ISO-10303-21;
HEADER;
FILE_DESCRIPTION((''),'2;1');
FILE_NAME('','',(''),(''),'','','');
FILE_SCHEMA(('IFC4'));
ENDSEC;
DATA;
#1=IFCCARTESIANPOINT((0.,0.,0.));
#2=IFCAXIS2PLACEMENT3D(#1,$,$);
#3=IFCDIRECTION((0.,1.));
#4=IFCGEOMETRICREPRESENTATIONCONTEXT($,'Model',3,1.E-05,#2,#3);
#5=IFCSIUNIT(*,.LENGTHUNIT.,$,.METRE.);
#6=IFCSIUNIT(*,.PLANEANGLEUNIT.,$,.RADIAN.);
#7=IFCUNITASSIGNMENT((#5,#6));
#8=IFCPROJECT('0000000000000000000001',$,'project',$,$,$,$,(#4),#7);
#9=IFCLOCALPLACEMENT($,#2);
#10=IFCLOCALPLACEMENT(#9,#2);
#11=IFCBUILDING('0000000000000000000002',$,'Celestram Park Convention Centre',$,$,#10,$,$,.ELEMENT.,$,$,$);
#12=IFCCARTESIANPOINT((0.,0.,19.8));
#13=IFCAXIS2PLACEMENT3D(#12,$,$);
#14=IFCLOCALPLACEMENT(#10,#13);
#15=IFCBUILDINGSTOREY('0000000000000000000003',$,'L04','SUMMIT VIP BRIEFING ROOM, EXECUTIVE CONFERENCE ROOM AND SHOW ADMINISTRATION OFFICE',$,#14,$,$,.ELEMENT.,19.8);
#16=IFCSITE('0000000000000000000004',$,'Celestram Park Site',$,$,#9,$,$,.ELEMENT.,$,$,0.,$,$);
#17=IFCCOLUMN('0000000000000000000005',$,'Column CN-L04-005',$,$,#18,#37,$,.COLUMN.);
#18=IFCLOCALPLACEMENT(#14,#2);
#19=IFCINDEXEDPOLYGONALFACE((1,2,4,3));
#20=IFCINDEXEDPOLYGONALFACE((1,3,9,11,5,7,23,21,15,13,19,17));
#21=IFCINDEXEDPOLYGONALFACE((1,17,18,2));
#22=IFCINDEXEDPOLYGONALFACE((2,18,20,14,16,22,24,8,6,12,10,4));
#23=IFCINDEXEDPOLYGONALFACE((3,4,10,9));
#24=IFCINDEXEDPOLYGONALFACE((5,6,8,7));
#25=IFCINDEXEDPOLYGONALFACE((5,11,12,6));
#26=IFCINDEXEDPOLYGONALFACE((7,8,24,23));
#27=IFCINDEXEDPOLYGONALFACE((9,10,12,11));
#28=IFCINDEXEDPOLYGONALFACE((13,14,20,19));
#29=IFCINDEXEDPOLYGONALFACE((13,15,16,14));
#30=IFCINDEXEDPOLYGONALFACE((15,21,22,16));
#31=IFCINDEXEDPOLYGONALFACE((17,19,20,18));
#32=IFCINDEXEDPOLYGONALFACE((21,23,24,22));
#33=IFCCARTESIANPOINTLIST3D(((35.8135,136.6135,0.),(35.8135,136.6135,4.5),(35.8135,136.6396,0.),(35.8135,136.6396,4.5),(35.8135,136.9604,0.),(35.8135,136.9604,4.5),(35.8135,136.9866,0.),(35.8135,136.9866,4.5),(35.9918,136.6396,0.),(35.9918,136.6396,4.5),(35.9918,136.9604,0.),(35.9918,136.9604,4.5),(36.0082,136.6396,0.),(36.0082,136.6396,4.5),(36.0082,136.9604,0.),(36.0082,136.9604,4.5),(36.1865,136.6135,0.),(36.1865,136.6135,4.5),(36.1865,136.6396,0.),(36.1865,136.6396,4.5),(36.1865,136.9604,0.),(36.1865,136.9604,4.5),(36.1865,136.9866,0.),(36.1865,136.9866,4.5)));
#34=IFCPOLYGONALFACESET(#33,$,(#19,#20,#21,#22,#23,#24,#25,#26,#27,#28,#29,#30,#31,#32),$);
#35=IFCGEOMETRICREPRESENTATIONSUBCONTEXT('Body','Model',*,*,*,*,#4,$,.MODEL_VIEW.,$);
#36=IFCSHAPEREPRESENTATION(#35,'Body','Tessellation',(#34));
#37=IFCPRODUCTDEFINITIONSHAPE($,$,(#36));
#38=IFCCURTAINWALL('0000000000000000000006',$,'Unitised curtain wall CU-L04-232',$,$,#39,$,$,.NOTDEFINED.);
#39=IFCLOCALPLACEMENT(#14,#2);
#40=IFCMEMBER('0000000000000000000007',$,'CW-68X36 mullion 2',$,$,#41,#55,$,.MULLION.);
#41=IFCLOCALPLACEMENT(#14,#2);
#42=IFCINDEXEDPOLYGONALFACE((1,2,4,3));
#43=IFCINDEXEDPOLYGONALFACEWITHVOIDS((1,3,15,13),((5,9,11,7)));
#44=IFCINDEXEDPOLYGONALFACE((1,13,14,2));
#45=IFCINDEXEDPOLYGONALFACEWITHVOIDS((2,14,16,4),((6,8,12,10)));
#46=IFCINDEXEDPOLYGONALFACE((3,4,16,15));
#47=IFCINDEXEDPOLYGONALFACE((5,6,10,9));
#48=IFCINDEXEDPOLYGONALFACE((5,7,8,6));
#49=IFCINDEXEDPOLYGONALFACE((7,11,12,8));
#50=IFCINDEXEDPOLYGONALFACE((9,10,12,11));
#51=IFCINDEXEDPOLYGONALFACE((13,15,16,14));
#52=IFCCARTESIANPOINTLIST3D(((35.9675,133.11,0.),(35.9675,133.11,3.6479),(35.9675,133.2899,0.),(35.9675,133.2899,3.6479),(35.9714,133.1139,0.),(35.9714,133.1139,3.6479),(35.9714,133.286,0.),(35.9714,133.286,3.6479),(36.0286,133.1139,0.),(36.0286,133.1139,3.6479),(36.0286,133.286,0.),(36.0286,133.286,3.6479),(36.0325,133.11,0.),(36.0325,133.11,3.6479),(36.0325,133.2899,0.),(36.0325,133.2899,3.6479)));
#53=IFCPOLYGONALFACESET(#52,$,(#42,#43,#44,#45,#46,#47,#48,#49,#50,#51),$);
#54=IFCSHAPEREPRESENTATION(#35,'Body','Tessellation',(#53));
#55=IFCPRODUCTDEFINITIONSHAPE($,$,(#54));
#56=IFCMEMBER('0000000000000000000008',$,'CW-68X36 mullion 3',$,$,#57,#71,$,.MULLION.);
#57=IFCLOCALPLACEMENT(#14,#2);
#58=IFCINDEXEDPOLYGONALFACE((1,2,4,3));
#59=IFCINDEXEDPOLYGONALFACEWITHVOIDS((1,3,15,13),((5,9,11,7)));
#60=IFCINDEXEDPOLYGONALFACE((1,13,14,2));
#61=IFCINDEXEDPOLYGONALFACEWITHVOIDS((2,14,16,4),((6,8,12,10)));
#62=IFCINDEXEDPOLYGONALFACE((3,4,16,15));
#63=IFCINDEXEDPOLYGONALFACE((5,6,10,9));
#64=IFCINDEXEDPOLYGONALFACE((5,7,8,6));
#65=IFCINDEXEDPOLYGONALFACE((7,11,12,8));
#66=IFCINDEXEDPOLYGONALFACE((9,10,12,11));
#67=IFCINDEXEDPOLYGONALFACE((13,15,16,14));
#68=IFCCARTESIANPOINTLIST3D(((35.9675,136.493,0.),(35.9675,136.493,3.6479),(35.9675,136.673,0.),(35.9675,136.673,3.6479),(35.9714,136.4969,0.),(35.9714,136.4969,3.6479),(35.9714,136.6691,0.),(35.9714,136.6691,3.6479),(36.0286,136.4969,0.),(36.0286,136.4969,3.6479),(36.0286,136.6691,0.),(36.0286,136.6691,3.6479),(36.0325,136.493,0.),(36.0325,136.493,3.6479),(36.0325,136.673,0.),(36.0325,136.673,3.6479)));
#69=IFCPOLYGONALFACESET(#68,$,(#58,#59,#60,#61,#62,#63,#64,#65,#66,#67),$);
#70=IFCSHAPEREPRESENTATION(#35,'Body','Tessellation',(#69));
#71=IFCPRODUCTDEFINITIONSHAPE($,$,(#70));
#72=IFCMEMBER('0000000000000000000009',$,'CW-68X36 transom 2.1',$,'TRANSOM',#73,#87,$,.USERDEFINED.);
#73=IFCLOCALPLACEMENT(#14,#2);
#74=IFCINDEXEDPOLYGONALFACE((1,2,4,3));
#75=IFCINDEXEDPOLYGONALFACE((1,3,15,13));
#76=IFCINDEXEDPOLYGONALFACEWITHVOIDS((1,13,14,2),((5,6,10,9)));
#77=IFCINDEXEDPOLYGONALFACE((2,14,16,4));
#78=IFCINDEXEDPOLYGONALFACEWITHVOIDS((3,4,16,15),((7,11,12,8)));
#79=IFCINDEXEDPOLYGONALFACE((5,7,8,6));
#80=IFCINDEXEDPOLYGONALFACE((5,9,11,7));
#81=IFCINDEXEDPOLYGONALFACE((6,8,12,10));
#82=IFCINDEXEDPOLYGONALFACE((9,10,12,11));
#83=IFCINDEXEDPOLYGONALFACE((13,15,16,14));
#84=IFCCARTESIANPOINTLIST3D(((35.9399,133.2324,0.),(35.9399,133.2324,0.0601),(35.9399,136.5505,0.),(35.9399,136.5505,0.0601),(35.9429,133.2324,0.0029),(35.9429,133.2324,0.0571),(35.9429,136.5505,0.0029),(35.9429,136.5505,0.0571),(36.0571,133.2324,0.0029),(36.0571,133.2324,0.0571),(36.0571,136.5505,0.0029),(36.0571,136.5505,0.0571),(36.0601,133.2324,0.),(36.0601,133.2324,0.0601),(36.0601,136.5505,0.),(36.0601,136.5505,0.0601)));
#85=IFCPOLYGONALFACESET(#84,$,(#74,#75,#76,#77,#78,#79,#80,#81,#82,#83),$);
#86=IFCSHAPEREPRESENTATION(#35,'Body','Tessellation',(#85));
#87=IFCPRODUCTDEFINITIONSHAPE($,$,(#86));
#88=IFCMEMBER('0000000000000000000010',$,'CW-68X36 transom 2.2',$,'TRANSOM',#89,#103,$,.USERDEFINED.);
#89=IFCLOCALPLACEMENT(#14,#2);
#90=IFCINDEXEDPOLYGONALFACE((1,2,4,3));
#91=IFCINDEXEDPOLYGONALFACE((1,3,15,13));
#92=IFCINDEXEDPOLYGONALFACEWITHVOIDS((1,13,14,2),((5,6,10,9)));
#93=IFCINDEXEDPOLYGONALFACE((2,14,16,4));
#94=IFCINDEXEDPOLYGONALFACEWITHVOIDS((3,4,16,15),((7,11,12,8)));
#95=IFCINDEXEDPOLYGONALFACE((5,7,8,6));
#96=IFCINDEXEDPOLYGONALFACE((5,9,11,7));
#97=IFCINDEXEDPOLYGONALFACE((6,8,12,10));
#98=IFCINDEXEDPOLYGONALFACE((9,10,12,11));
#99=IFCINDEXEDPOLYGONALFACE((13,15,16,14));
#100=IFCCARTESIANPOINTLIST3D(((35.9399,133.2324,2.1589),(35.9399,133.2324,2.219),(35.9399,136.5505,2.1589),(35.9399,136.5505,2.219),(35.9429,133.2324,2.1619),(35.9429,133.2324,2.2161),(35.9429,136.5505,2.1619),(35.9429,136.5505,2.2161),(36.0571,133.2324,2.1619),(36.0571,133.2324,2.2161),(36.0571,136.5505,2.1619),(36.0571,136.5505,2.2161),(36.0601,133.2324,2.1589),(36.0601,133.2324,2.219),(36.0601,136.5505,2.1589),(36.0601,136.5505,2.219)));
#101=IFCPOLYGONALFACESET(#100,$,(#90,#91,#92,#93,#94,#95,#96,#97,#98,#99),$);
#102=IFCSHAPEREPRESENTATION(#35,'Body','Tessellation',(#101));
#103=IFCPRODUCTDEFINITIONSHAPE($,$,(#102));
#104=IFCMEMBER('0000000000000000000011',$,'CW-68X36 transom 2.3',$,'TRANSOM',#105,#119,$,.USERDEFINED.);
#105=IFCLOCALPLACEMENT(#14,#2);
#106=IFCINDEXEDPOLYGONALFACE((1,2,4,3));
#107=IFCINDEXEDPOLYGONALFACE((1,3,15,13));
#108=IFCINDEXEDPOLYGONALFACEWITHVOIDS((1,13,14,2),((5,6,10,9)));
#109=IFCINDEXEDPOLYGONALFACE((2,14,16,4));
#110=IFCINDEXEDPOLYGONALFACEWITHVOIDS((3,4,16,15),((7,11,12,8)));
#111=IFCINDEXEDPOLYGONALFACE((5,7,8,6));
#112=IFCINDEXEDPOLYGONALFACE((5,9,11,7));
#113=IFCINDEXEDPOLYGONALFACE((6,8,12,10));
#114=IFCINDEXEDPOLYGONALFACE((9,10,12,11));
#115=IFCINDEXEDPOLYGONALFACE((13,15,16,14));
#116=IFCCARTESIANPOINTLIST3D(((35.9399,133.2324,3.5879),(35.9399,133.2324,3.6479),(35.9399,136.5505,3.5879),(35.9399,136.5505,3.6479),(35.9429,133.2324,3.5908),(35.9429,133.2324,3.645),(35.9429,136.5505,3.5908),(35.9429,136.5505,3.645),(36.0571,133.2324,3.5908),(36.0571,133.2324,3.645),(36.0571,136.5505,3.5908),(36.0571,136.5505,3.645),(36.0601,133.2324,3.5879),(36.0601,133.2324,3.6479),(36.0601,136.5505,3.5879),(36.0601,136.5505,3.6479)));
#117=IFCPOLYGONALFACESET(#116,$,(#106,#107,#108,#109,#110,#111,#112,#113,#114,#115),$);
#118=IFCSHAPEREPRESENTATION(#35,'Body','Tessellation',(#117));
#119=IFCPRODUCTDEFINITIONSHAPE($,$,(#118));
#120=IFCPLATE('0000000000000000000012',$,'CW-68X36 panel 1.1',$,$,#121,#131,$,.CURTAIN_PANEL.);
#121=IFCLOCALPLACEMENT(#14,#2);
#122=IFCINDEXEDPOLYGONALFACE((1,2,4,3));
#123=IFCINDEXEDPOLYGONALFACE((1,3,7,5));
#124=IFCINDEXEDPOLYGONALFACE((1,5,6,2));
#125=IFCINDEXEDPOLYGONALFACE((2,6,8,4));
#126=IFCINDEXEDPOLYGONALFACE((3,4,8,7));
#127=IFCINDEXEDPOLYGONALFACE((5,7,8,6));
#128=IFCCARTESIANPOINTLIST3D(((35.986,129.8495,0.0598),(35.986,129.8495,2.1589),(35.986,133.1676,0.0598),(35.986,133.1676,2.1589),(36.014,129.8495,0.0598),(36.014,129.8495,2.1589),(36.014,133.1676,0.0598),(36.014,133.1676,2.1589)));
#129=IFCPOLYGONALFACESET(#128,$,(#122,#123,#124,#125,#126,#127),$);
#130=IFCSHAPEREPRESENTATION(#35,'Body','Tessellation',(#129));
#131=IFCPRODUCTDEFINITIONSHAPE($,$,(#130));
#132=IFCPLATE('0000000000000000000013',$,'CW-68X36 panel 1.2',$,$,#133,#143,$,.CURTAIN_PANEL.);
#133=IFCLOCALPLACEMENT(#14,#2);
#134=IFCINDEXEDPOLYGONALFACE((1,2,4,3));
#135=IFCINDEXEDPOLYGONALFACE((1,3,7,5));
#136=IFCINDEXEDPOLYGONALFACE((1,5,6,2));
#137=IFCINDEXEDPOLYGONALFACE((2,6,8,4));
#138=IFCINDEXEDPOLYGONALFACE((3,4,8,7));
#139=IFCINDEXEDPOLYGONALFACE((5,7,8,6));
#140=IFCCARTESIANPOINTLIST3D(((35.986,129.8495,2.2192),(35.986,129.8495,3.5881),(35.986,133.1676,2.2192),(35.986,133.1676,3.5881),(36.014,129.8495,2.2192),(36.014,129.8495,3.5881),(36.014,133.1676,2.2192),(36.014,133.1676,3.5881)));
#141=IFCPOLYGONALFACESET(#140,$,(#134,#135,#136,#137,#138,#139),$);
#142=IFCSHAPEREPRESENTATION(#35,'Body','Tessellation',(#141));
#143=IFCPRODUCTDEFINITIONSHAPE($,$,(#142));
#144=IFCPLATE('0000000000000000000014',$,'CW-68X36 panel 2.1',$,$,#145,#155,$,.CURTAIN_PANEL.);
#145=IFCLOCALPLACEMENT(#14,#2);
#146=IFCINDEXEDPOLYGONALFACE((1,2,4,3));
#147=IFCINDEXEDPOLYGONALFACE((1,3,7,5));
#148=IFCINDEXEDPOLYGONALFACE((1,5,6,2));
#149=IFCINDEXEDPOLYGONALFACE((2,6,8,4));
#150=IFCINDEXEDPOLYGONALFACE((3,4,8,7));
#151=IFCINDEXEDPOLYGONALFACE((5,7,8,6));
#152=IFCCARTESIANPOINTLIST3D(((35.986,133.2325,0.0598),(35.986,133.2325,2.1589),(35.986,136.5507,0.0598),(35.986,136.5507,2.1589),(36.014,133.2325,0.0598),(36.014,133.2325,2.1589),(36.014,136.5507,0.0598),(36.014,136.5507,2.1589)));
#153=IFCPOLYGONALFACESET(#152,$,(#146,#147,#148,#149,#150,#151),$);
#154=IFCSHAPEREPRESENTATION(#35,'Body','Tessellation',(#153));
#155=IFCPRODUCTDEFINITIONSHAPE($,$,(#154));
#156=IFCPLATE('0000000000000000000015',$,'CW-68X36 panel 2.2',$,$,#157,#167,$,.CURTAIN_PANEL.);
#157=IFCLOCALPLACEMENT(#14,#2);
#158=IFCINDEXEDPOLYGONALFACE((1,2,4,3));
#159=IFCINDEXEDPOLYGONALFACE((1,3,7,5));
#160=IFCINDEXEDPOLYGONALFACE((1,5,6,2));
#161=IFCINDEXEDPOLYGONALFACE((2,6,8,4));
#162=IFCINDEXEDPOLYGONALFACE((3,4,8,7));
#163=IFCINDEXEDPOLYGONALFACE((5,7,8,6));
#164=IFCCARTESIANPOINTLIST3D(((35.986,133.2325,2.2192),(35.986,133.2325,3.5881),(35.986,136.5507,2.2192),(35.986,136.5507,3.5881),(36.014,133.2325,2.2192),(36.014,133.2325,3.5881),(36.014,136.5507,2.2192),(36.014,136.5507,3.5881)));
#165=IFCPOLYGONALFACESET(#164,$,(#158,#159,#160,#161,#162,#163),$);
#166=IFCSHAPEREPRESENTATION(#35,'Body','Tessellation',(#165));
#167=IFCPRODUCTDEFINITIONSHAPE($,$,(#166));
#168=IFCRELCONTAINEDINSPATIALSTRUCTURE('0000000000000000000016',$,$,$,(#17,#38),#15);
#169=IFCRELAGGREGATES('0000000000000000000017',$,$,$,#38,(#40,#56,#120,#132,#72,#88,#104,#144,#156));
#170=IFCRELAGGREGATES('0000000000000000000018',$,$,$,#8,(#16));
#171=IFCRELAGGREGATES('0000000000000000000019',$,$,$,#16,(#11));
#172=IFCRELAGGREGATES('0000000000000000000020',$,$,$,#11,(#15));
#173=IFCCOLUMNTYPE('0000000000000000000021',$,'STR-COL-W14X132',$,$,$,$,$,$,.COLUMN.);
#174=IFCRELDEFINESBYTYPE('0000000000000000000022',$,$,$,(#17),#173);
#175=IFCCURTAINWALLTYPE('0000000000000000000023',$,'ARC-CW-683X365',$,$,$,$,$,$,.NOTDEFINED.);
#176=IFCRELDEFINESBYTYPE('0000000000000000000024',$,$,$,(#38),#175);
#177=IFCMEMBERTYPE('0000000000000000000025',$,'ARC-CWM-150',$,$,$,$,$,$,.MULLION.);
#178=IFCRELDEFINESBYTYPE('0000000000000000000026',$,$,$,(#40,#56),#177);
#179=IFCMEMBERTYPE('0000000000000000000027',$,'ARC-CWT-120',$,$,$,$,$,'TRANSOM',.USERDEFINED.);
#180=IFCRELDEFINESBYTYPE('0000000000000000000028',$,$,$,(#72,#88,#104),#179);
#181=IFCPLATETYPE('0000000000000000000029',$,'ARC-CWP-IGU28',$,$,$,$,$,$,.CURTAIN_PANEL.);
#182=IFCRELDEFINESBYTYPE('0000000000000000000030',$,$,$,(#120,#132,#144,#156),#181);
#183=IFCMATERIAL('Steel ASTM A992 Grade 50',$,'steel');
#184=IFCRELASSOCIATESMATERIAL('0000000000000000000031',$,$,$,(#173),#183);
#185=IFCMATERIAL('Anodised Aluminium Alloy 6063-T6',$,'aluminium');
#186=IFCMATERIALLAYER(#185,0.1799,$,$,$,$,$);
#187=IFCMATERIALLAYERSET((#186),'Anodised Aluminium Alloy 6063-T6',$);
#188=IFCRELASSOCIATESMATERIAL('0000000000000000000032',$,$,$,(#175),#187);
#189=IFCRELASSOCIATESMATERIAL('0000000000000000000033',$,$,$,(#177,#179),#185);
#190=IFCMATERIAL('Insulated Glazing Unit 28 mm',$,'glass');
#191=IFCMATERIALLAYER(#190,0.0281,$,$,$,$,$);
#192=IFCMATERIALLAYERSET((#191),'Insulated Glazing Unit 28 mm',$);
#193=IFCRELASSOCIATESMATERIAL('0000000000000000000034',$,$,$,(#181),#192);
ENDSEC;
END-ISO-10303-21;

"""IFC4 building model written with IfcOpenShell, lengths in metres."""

from ifc_helpers import new_model, si_unit, direction, frame, origin, origin_2d, place, context, subcontext, project, spatial, rectangle, hollow_rectangle, i_section, extrude, material, layer, layer_set, material_profile, profile_set, type_object, element, aggregate, save


model = new_model("IFC4")

# Units and contexts
model_context = context("Model", 3, precision=1e-05, world=origin(), true_north=direction((0.0, 1.0)))
body_context = subcontext(model_context, "Body", "Model", "MODEL_VIEW")
ifc_project = project(units=[si_unit("LENGTHUNIT", "METRE"), si_unit("PLANEANGLEUNIT", "RADIAN")], contexts=[model_context])

# Site, building, storey
site_placement = place(None, origin())
site = spatial("IfcSite", under=ifc_project, at=site_placement, Name="Celestram Park Site", CompositionType="ELEMENT", RefElevation=0.0)
building_placement = place(site_placement, origin())
building = spatial("IfcBuilding", under=site, at=building_placement, Name="Celestram Park Convention Centre", CompositionType="ELEMENT")
storey_placement = place(building_placement, frame((0.0, 0.0, 19.8)))
storey = spatial("IfcBuildingStorey", under=building, at=storey_placement, Name="L04", Description="SUMMIT VIP BRIEFING ROOM, EXECUTIVE CONFERENCE ROOM AND SHOW ADMINISTRATION OFFICE", CompositionType="ELEMENT", Elevation=19.8)

# Column
ifc_material_1 = material(Name="Steel ASTM A992 Grade 50", Category="steel")
ifc_material_profile_1 = material_profile(ifc_material_1, i_section(OverallWidth=0.373, OverallDepth=0.373, WebThickness=0.0164, FlangeThickness=0.0261, at=origin_2d()), Name="W14X132")
ifc_profile_set_1 = profile_set([ifc_material_profile_1], Name="Steel ASTM A992 Grade 50")
column_type = type_object("IfcColumnType", Name="STR-COL-W14X132", PredefinedType="COLUMN", material=ifc_profile_set_1)
column_placement = place(storey_placement, frame((36.0, 136.8, 0.0), z_axis=(0.0, 0.0, 1.0), x_axis=(1.0, 0.0, 0.0)))
element("IfcColumn", 1, at=column_placement, inside=storey, type_object=column_type, Name="Column CN-L04-005", PredefinedType="COLUMN", context=body_context, shape_type="SweptSolid", body=[
    extrude(i_section(OverallWidth=0.373, OverallDepth=0.373, WebThickness=0.0164, FlangeThickness=0.0261, at=origin_2d()), origin(), (0.0, 0.0, 1.0), 4.5),
])

# Curtain wall, members, plates
ifc_material_2 = material(Name="Anodised Aluminium Alloy 6063-T6", Category="aluminium")
ifc_layer_1 = layer(ifc_material_2, 0.1799)
ifc_layer_set_1 = layer_set([ifc_layer_1], Name="Anodised Aluminium Alloy 6063-T6")
curtain_wall_type = type_object("IfcCurtainWallType", Name="ARC-CW-683X365", PredefinedType="NOTDEFINED", material=ifc_layer_set_1)
curtain_wall_placement = place(storey_placement, origin())
curtain_wall = element("IfcCurtainWall", 2, at=curtain_wall_placement, inside=storey, type_object=curtain_wall_type, Name="Unitised curtain wall CU-L04-232", PredefinedType="NOTDEFINED")
ifc_material_profile_2 = material_profile(ifc_material_2, hollow_rectangle(XDim=0.0649, YDim=0.1799, WallThickness=0.0039, at=origin_2d()), Name="ALU65X180X4")
ifc_profile_set_2 = profile_set([ifc_material_profile_2], Name="Anodised Aluminium Alloy 6063-T6")
member_type_1 = type_object("IfcMemberType", Name="ARC-CWM-150", PredefinedType="MULLION", material=ifc_profile_set_2)
member_1_placement = place(storey_placement, frame((36.0, 133.2, 0.0), z_axis=(0.0, 0.0, 1.0), x_axis=(-1.0, 0.0, 0.0)))
member_1 = element("IfcMember", 3, at=member_1_placement, type_object=member_type_1, Name="CW-68X36 mullion 2", PredefinedType="MULLION", context=body_context, shape_type="SweptSolid", body=[
    extrude(hollow_rectangle(XDim=0.0649, YDim=0.1799, WallThickness=0.0039, at=origin_2d()), origin(), (0.0, 0.0, 1.0), 3.6479),
])
member_2_placement = place(storey_placement, frame((36.0, 136.583, 0.0), z_axis=(0.0, 0.0, 1.0), x_axis=(-1.0, 0.0, 0.0)))
member_2 = element("IfcMember", 4, at=member_2_placement, type_object=member_type_1, Name="CW-68X36 mullion 3", PredefinedType="MULLION", context=body_context, shape_type="SweptSolid", body=[
    extrude(hollow_rectangle(XDim=0.0649, YDim=0.1799, WallThickness=0.0039, at=origin_2d()), origin(), (0.0, 0.0, 1.0), 3.6479),
])
ifc_material_profile_3 = material_profile(ifc_material_2, hollow_rectangle(XDim=0.1201, YDim=0.0601, WallThickness=0.0029, at=origin_2d()), Name="ALU120X60X3")
ifc_profile_set_3 = profile_set([ifc_material_profile_3], Name="Anodised Aluminium Alloy 6063-T6")
member_type_2 = type_object("IfcMemberType", Name="ARC-CWT-120", ElementType="TRANSOM", PredefinedType="USERDEFINED", material=ifc_profile_set_3)
member_3_placement = place(storey_placement, frame((36.0, 133.2324, 0.03), z_axis=(0.0, 1.0, 0.0), x_axis=(-1.0, 0.0, 0.0)))
member_3 = element("IfcMember", 5, at=member_3_placement, type_object=member_type_2, Name="CW-68X36 transom 2.1", ObjectType="TRANSOM", PredefinedType="USERDEFINED", context=body_context, shape_type="SweptSolid", body=[
    extrude(hollow_rectangle(XDim=0.1201, YDim=0.0601, WallThickness=0.0029, at=origin_2d()), origin(), (0.0, 0.0, 1.0), 3.3181),
])
member_4_placement = place(storey_placement, frame((36.0, 133.2324, 2.189), z_axis=(0.0, 1.0, 0.0), x_axis=(-1.0, 0.0, 0.0)))
member_4 = element("IfcMember", 6, at=member_4_placement, type_object=member_type_2, Name="CW-68X36 transom 2.2", ObjectType="TRANSOM", PredefinedType="USERDEFINED", context=body_context, shape_type="SweptSolid", body=[
    extrude(hollow_rectangle(XDim=0.1201, YDim=0.0601, WallThickness=0.0029, at=origin_2d()), origin(), (0.0, 0.0, 1.0), 3.3181),
])
member_5_placement = place(storey_placement, frame((36.0, 133.2324, 3.6179), z_axis=(0.0, 1.0, 0.0), x_axis=(-1.0, 0.0, 0.0)))
member_5 = element("IfcMember", 7, at=member_5_placement, type_object=member_type_2, Name="CW-68X36 transom 2.3", ObjectType="TRANSOM", PredefinedType="USERDEFINED", context=body_context, shape_type="SweptSolid", body=[
    extrude(hollow_rectangle(XDim=0.1201, YDim=0.0601, WallThickness=0.0029, at=origin_2d()), origin(), (0.0, 0.0, 1.0), 3.3181),
])
ifc_material_3 = material(Name="Insulated Glazing Unit 28 mm", Category="glass")
ifc_layer_2 = layer(ifc_material_3, 0.0281)
ifc_layer_set_2 = layer_set([ifc_layer_2], Name="Insulated Glazing Unit 28 mm")
plate_type = type_object("IfcPlateType", Name="ARC-CWP-IGU28", PredefinedType="CURTAIN_PANEL", material=ifc_layer_set_2)
plate_1_placement = place(storey_placement, frame((36.0, 131.5085, 0.0598), z_axis=(0.0, 0.0, 1.0), x_axis=(0.0, 1.0, 0.0)))
plate_1 = element("IfcPlate", 8, at=plate_1_placement, type_object=plate_type, Name="CW-68X36 panel 1.1", PredefinedType="CURTAIN_PANEL", context=body_context, shape_type="SweptSolid", body=[
    extrude(rectangle(XDim=3.3181, YDim=0.0281, at=origin_2d()), origin(), (0.0, 0.0, 1.0), 2.0991),
])
plate_2_placement = place(storey_placement, frame((36.0, 131.5085, 2.2192), z_axis=(0.0, 0.0, 1.0), x_axis=(0.0, 1.0, 0.0)))
plate_2 = element("IfcPlate", 9, at=plate_2_placement, type_object=plate_type, Name="CW-68X36 panel 1.2", PredefinedType="CURTAIN_PANEL", context=body_context, shape_type="SweptSolid", body=[
    extrude(rectangle(XDim=3.3181, YDim=0.0281, at=origin_2d()), origin(), (0.0, 0.0, 1.0), 1.3689),
])
plate_3_placement = place(storey_placement, frame((36.0, 134.8916, 0.0598), z_axis=(0.0, 0.0, 1.0), x_axis=(0.0, 1.0, 0.0)))
plate_3 = element("IfcPlate", 10, at=plate_3_placement, type_object=plate_type, Name="CW-68X36 panel 2.1", PredefinedType="CURTAIN_PANEL", context=body_context, shape_type="SweptSolid", body=[
    extrude(rectangle(XDim=3.3181, YDim=0.0281, at=origin_2d()), origin(), (0.0, 0.0, 1.0), 2.0991),
])
plate_4_placement = place(storey_placement, frame((36.0, 134.8916, 2.2192), z_axis=(0.0, 0.0, 1.0), x_axis=(0.0, 1.0, 0.0)))
plate_4 = element("IfcPlate", 11, at=plate_4_placement, type_object=plate_type, Name="CW-68X36 panel 2.2", PredefinedType="CURTAIN_PANEL", context=body_context, shape_type="SweptSolid", body=[
    extrude(rectangle(XDim=3.3181, YDim=0.0281, at=origin_2d()), origin(), (0.0, 0.0, 1.0), 1.3689),
])
aggregate(curtain_wall, [member_1, member_2, plate_1, plate_2, member_3, member_4, member_5, plate_3, plate_4])

save(model, "model.ifc")
